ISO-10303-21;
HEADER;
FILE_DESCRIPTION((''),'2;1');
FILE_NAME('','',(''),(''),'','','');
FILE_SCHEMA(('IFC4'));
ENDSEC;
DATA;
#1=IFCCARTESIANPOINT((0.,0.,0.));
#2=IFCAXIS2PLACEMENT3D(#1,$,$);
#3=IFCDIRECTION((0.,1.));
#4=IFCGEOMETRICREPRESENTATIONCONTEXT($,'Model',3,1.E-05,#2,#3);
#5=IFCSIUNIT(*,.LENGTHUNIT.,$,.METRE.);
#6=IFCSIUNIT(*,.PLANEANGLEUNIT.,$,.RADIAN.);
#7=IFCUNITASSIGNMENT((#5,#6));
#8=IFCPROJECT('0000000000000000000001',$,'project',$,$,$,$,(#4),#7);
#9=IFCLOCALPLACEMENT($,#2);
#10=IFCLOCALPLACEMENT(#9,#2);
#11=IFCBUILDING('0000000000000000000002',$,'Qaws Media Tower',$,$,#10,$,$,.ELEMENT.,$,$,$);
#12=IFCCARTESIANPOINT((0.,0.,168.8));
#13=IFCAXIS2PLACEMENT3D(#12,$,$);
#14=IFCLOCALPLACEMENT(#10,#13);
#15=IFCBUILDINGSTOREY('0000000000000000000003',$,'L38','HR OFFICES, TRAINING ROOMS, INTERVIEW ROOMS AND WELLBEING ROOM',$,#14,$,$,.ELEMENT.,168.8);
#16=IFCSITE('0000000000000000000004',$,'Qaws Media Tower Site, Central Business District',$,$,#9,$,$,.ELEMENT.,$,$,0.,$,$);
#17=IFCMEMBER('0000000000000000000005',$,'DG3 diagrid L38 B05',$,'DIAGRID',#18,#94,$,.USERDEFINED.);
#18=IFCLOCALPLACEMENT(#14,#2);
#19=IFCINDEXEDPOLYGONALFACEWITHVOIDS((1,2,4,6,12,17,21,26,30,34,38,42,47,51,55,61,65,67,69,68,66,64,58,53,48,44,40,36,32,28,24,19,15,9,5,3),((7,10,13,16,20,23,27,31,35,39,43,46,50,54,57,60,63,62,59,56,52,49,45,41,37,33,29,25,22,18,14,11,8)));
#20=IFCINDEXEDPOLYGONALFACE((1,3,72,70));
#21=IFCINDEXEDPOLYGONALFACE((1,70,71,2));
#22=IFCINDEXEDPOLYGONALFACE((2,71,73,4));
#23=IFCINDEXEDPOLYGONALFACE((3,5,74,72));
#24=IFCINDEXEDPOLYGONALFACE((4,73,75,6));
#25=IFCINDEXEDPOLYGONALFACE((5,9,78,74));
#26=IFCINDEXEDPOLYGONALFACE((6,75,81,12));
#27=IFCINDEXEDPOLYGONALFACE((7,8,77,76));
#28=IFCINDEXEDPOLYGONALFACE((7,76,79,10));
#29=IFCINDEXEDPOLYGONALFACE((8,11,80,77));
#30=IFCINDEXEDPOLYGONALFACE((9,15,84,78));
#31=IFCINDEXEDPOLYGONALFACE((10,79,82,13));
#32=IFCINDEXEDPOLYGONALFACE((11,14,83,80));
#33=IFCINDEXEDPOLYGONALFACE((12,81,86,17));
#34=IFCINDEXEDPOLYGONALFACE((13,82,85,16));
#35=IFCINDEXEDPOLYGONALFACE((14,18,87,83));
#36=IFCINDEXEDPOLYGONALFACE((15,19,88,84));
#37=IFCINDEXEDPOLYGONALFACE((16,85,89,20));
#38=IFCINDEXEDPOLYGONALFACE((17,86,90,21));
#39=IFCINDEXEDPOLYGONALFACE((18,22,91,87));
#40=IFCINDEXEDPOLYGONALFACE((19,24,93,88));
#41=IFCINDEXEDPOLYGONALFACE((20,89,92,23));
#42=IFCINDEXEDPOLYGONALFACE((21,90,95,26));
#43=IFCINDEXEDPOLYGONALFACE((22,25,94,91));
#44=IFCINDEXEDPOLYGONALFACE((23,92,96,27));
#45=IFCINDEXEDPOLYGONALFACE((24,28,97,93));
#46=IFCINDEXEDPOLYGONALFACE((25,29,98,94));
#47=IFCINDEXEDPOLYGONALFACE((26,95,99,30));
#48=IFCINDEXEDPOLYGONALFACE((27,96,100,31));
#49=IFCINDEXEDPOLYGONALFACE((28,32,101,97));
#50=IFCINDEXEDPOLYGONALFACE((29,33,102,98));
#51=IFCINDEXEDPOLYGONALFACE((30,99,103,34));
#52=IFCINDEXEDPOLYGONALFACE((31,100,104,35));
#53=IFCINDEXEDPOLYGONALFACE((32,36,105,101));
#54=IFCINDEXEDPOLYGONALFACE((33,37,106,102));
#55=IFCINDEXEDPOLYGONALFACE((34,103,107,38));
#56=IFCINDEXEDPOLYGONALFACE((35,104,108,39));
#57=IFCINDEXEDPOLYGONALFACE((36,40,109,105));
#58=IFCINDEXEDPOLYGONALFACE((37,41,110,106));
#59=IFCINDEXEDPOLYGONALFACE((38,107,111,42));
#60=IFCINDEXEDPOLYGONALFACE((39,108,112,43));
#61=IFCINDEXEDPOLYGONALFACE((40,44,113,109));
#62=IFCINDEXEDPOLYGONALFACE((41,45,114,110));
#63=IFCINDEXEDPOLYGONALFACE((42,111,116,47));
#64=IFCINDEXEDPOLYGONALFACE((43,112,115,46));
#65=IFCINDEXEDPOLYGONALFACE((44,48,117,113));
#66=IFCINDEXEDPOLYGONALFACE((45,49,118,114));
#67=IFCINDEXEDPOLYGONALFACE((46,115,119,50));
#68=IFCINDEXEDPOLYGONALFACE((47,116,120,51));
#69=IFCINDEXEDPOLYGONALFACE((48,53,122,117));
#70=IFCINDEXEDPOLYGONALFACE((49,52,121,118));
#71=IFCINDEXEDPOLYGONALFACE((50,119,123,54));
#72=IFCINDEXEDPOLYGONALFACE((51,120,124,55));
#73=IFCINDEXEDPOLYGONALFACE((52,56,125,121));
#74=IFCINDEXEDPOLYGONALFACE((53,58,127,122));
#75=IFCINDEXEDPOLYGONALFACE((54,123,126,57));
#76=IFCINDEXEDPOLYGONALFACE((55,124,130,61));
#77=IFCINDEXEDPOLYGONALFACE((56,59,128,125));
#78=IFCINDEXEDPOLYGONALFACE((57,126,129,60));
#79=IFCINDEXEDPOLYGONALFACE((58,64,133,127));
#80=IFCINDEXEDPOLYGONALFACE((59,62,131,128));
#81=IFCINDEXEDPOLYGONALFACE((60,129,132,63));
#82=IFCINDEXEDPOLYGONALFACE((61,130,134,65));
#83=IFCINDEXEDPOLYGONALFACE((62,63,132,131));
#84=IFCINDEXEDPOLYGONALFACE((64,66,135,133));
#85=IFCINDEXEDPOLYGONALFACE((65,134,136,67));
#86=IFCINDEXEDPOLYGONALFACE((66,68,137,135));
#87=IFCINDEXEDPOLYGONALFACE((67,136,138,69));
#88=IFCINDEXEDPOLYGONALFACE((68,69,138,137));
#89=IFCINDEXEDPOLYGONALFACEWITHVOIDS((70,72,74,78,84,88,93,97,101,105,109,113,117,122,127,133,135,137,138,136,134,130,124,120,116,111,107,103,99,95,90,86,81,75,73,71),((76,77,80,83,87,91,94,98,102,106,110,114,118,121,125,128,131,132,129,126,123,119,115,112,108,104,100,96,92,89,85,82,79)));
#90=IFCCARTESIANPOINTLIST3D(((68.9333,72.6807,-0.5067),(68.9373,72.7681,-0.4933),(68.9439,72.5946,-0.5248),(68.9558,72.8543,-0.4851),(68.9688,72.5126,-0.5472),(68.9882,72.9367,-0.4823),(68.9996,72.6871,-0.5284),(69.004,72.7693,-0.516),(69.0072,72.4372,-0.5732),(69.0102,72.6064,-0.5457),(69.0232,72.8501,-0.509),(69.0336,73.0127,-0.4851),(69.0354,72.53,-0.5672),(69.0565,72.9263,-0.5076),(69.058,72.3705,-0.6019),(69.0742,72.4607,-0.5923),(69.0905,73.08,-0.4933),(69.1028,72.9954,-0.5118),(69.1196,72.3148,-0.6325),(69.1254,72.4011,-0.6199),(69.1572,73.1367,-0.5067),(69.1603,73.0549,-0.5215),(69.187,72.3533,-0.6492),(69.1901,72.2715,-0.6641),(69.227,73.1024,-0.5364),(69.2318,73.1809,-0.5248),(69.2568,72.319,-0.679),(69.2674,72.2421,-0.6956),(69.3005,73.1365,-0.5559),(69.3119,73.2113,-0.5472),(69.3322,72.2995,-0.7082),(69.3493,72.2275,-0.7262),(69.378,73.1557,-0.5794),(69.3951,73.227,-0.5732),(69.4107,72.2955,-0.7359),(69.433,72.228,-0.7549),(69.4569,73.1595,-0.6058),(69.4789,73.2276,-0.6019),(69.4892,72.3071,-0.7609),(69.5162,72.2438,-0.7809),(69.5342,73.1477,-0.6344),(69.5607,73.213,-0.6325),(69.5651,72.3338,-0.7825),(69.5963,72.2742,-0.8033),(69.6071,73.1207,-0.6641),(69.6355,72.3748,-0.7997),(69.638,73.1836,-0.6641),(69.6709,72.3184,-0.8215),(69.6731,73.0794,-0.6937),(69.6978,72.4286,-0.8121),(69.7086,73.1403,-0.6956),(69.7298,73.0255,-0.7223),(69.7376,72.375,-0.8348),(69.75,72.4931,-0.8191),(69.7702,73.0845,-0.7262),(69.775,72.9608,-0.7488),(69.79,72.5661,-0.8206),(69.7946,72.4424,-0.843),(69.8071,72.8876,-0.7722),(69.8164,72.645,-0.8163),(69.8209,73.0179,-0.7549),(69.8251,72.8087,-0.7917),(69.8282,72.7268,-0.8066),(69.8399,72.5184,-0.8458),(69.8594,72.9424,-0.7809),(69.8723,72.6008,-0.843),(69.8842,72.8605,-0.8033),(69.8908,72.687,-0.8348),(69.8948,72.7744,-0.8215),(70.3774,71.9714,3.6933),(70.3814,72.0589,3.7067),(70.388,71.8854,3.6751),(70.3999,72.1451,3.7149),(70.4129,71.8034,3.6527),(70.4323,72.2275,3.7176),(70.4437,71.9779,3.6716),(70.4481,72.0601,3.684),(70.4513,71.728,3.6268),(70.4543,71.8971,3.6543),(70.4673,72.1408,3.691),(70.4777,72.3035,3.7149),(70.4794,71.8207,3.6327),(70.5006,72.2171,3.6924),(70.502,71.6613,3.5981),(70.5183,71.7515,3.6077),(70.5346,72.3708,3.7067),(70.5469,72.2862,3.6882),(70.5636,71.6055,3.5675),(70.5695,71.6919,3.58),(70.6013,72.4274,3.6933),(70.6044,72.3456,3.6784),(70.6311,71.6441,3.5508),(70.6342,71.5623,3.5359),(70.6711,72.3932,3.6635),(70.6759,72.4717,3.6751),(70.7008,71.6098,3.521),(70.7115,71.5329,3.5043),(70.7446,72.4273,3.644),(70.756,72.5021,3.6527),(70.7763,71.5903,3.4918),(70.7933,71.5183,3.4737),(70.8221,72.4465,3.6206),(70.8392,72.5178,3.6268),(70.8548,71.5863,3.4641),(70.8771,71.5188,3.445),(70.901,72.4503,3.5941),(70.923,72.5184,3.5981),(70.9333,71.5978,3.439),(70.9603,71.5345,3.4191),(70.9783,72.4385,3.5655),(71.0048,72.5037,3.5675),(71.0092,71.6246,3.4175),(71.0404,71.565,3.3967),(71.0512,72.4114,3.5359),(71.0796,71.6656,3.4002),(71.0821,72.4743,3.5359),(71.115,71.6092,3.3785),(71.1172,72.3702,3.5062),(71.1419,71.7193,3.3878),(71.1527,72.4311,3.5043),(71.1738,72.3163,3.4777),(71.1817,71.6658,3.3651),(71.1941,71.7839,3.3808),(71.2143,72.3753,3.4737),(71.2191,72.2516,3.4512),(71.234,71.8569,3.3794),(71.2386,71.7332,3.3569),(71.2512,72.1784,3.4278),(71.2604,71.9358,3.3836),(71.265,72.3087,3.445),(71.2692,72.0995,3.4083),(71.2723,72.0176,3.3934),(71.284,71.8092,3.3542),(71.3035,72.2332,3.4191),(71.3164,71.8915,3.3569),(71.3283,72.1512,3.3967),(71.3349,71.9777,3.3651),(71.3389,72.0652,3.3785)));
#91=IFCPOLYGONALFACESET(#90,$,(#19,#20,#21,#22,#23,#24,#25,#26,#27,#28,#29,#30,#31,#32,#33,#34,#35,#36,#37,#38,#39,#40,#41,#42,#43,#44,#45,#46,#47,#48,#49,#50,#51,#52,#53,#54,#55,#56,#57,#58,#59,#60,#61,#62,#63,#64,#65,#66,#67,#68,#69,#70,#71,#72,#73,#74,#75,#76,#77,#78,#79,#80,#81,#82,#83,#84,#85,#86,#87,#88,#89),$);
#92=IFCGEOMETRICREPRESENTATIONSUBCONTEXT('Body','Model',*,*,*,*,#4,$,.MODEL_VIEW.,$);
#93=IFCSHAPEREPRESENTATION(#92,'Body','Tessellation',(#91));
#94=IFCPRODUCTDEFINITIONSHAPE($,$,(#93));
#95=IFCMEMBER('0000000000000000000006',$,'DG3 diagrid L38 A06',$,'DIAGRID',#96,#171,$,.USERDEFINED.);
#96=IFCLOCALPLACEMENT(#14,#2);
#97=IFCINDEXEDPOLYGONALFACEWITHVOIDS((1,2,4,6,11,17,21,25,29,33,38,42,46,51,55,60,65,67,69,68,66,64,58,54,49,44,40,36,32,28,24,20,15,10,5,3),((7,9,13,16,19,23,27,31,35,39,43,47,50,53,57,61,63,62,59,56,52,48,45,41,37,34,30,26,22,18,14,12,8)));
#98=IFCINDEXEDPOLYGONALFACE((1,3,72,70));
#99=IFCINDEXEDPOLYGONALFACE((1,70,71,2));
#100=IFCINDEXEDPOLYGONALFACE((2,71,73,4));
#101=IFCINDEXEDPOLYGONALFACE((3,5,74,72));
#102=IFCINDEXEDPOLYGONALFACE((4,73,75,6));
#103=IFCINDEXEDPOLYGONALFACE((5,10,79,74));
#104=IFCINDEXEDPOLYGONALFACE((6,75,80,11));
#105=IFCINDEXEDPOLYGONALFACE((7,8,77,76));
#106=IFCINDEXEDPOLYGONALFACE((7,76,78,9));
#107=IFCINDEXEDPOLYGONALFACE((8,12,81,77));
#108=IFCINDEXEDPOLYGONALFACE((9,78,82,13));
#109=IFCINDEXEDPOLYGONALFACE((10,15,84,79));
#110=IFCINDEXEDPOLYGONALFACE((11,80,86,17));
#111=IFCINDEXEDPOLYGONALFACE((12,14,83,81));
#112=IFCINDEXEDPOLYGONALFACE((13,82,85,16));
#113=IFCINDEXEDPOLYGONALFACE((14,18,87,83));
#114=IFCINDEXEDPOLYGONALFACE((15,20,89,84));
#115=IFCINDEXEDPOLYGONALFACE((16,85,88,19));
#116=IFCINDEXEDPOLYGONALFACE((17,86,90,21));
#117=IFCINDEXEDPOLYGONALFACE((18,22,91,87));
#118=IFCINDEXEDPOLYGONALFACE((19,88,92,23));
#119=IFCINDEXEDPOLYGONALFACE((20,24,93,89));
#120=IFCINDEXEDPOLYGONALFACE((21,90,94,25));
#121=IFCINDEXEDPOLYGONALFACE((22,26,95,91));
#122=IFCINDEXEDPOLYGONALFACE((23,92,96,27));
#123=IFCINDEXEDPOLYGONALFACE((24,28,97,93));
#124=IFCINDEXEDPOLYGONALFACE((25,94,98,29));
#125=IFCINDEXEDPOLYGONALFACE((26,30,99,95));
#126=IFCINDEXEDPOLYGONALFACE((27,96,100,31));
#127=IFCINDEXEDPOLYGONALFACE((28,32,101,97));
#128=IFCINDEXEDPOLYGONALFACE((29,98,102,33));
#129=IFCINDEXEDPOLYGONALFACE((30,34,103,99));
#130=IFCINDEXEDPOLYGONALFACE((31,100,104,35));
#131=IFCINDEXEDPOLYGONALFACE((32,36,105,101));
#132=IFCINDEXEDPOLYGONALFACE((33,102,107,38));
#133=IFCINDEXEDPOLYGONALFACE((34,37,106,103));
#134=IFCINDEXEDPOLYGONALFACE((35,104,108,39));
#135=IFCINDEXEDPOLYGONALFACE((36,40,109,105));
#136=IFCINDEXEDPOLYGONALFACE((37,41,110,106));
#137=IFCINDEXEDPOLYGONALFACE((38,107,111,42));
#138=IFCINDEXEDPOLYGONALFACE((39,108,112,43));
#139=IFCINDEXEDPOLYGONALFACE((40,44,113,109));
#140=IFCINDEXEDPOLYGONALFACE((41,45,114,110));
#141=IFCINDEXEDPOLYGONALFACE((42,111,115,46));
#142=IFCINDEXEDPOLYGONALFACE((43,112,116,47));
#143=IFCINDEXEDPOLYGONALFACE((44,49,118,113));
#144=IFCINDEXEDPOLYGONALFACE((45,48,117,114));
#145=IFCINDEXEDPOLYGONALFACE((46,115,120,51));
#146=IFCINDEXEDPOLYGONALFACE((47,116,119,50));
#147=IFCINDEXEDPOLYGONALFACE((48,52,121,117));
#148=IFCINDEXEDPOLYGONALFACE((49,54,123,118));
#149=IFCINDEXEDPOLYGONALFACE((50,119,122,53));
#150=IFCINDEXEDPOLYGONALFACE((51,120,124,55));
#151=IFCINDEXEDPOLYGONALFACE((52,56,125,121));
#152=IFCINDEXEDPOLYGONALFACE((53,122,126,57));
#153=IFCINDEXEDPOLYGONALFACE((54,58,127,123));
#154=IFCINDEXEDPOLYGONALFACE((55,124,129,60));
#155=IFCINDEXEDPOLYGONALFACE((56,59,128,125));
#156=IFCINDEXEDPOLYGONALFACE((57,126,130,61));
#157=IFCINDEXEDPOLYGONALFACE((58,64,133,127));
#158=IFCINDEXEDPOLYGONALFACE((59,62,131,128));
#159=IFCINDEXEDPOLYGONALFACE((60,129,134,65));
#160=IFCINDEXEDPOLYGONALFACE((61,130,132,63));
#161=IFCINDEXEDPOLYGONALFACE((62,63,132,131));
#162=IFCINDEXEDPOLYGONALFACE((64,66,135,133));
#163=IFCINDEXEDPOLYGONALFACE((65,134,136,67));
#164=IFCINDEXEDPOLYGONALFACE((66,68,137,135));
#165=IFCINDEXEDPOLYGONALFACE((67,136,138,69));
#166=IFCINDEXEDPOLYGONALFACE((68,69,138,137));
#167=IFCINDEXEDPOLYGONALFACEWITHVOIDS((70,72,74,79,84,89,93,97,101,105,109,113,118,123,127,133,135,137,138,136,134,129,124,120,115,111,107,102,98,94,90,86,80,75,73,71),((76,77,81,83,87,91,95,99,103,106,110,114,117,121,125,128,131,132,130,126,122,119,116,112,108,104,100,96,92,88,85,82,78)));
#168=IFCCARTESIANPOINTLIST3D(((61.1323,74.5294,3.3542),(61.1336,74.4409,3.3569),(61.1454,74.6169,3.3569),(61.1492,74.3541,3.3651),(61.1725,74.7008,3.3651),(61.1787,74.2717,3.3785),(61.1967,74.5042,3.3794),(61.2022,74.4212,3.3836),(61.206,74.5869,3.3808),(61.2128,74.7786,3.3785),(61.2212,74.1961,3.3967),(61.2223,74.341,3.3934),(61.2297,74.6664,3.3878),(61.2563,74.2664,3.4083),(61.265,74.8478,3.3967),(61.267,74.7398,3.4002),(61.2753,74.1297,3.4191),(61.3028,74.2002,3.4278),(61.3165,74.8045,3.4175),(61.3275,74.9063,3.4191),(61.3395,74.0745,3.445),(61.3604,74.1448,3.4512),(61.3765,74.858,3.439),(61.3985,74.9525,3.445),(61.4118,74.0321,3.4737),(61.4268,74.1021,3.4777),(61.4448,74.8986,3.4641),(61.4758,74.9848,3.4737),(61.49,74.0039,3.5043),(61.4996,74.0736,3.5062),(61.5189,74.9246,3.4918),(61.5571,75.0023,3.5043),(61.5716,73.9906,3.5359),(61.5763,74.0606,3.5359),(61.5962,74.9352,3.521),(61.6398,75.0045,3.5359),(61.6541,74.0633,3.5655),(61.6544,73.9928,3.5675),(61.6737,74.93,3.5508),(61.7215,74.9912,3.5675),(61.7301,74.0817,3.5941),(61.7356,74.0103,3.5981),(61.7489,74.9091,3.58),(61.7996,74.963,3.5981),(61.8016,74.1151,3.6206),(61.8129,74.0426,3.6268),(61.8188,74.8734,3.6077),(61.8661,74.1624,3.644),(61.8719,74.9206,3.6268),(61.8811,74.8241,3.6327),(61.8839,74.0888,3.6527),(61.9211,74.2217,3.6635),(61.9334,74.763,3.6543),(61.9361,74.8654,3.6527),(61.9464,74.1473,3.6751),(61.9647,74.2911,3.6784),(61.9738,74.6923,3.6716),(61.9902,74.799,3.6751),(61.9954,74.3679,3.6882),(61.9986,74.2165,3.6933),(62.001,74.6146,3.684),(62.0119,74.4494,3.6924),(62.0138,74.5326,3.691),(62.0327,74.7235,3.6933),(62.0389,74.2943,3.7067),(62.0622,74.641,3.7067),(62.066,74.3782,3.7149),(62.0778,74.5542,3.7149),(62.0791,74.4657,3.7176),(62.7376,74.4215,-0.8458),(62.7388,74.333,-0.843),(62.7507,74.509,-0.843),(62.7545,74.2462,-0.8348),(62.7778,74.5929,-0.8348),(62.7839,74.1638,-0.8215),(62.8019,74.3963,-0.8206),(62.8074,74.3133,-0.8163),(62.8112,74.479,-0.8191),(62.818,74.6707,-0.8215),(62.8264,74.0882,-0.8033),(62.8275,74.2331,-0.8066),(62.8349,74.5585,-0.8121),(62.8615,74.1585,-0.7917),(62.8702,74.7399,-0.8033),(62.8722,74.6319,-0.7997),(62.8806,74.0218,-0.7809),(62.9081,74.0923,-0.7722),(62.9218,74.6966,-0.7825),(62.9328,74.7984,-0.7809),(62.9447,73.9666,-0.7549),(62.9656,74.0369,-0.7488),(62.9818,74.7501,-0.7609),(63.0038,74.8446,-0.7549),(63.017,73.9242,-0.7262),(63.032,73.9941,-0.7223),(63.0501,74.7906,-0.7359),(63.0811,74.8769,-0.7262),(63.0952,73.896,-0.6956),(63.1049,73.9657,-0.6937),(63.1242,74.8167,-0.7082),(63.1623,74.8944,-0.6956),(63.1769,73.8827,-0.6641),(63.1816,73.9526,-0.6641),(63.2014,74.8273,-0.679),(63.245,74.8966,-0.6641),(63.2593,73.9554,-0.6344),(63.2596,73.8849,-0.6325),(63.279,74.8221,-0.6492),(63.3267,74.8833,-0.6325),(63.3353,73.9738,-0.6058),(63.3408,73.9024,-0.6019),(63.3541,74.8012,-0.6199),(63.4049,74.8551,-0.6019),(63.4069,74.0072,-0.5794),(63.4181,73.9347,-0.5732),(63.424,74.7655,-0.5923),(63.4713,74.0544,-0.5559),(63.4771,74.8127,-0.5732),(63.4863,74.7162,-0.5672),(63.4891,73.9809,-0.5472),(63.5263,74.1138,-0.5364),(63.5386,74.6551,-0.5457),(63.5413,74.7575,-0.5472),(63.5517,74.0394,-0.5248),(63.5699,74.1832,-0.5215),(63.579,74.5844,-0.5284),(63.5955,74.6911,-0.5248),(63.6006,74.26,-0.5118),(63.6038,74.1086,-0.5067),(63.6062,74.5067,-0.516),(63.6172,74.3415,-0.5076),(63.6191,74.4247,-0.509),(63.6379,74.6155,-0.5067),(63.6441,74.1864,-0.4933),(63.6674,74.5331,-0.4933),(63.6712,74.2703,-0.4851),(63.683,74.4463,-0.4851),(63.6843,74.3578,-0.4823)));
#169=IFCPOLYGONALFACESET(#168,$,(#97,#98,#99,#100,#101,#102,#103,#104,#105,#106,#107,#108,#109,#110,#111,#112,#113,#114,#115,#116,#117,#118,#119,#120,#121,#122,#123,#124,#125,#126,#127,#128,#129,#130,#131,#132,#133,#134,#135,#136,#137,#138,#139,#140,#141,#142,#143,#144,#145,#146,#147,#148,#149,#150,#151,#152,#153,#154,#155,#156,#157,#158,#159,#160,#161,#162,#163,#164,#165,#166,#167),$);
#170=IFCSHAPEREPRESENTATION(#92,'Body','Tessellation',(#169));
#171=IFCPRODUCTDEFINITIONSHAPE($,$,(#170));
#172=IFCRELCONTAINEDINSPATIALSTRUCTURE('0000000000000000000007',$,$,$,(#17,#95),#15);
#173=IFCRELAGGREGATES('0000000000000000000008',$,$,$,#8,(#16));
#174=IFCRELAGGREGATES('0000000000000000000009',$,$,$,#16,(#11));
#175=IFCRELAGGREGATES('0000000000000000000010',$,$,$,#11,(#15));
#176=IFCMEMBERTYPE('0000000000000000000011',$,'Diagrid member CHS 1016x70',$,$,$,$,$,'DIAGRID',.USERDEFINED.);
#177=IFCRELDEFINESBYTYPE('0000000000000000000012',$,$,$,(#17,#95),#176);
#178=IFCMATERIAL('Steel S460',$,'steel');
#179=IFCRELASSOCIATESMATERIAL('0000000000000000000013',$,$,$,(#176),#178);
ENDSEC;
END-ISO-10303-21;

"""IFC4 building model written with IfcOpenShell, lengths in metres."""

from ifc_helpers import new_model, si_unit, direction, frame, origin, origin_2d, place, context, subcontext, project, spatial, hollow_circle, extrude, material, material_profile, profile_set, type_object, element, save


model = new_model("IFC4")

# Units and contexts
model_context = context("Model", 3, precision=1e-05, world=origin(), true_north=direction((0.0, 1.0)))
body_context = subcontext(model_context, "Body", "Model", "MODEL_VIEW")
ifc_project = project(units=[si_unit("LENGTHUNIT", "METRE"), si_unit("PLANEANGLEUNIT", "RADIAN")], contexts=[model_context])

# Site, building, storey
site_placement = place(None, origin())
site = spatial("IfcSite", under=ifc_project, at=site_placement, Name="Qaws Media Tower Site, Central Business District", CompositionType="ELEMENT", RefElevation=0.0)
building_placement = place(site_placement, origin())
building = spatial("IfcBuilding", under=site, at=building_placement, Name="Qaws Media Tower", CompositionType="ELEMENT")
storey_placement = place(building_placement, frame((0.0, 0.0, 168.8)))
storey = spatial("IfcBuildingStorey", under=building, at=storey_placement, Name="L38", Description="HR OFFICES, TRAINING ROOMS, INTERVIEW ROOMS AND WELLBEING ROOM", CompositionType="ELEMENT", Elevation=168.8)

# Members
ifc_material_1 = material(Name="Steel S460", Category="steel")
ifc_material_profile_1 = material_profile(ifc_material_1, hollow_circle(Radius=0.5081, WallThickness=0.0701, at=origin_2d()), Name="CHS 1016x70")
ifc_profile_set_1 = profile_set([ifc_material_profile_1], Name="Steel S460")
member_type_1 = type_object("IfcMemberType", Name="Diagrid member CHS 1016x70", ElementType="DIAGRID", PredefinedType="USERDEFINED", material=ifc_profile_set_1)
for number, where, z_axis, x_axis, name in (
    (1, (69.4141, 72.7275, -0.6641), (0.321084, -0.157692, 0.93383), (0.440829, 0.897591, 0.0), "DG3 diagrid L38 B05"),
    (2, (63.2109, 74.3896, -0.6641), (-0.356911, 0.023993, 0.93383), (-0.067073, -0.997748, 0.0), "DG3 diagrid L38 A06"),
):
    element("IfcMember", number, at=place(storey_placement, frame(where, z_axis=z_axis, x_axis=x_axis)), inside=storey, type_object=member_type_1, Name=name, ObjectType="DIAGRID", PredefinedType="USERDEFINED", context=body_context, shape_type="SweptSolid", body=[
        extrude(hollow_circle(Radius=0.5081, WallThickness=0.0701, at=origin_2d()), origin(), (0.0, 0.0, 1.0), 4.4976),
    ])

save(model, "model.ifc")
